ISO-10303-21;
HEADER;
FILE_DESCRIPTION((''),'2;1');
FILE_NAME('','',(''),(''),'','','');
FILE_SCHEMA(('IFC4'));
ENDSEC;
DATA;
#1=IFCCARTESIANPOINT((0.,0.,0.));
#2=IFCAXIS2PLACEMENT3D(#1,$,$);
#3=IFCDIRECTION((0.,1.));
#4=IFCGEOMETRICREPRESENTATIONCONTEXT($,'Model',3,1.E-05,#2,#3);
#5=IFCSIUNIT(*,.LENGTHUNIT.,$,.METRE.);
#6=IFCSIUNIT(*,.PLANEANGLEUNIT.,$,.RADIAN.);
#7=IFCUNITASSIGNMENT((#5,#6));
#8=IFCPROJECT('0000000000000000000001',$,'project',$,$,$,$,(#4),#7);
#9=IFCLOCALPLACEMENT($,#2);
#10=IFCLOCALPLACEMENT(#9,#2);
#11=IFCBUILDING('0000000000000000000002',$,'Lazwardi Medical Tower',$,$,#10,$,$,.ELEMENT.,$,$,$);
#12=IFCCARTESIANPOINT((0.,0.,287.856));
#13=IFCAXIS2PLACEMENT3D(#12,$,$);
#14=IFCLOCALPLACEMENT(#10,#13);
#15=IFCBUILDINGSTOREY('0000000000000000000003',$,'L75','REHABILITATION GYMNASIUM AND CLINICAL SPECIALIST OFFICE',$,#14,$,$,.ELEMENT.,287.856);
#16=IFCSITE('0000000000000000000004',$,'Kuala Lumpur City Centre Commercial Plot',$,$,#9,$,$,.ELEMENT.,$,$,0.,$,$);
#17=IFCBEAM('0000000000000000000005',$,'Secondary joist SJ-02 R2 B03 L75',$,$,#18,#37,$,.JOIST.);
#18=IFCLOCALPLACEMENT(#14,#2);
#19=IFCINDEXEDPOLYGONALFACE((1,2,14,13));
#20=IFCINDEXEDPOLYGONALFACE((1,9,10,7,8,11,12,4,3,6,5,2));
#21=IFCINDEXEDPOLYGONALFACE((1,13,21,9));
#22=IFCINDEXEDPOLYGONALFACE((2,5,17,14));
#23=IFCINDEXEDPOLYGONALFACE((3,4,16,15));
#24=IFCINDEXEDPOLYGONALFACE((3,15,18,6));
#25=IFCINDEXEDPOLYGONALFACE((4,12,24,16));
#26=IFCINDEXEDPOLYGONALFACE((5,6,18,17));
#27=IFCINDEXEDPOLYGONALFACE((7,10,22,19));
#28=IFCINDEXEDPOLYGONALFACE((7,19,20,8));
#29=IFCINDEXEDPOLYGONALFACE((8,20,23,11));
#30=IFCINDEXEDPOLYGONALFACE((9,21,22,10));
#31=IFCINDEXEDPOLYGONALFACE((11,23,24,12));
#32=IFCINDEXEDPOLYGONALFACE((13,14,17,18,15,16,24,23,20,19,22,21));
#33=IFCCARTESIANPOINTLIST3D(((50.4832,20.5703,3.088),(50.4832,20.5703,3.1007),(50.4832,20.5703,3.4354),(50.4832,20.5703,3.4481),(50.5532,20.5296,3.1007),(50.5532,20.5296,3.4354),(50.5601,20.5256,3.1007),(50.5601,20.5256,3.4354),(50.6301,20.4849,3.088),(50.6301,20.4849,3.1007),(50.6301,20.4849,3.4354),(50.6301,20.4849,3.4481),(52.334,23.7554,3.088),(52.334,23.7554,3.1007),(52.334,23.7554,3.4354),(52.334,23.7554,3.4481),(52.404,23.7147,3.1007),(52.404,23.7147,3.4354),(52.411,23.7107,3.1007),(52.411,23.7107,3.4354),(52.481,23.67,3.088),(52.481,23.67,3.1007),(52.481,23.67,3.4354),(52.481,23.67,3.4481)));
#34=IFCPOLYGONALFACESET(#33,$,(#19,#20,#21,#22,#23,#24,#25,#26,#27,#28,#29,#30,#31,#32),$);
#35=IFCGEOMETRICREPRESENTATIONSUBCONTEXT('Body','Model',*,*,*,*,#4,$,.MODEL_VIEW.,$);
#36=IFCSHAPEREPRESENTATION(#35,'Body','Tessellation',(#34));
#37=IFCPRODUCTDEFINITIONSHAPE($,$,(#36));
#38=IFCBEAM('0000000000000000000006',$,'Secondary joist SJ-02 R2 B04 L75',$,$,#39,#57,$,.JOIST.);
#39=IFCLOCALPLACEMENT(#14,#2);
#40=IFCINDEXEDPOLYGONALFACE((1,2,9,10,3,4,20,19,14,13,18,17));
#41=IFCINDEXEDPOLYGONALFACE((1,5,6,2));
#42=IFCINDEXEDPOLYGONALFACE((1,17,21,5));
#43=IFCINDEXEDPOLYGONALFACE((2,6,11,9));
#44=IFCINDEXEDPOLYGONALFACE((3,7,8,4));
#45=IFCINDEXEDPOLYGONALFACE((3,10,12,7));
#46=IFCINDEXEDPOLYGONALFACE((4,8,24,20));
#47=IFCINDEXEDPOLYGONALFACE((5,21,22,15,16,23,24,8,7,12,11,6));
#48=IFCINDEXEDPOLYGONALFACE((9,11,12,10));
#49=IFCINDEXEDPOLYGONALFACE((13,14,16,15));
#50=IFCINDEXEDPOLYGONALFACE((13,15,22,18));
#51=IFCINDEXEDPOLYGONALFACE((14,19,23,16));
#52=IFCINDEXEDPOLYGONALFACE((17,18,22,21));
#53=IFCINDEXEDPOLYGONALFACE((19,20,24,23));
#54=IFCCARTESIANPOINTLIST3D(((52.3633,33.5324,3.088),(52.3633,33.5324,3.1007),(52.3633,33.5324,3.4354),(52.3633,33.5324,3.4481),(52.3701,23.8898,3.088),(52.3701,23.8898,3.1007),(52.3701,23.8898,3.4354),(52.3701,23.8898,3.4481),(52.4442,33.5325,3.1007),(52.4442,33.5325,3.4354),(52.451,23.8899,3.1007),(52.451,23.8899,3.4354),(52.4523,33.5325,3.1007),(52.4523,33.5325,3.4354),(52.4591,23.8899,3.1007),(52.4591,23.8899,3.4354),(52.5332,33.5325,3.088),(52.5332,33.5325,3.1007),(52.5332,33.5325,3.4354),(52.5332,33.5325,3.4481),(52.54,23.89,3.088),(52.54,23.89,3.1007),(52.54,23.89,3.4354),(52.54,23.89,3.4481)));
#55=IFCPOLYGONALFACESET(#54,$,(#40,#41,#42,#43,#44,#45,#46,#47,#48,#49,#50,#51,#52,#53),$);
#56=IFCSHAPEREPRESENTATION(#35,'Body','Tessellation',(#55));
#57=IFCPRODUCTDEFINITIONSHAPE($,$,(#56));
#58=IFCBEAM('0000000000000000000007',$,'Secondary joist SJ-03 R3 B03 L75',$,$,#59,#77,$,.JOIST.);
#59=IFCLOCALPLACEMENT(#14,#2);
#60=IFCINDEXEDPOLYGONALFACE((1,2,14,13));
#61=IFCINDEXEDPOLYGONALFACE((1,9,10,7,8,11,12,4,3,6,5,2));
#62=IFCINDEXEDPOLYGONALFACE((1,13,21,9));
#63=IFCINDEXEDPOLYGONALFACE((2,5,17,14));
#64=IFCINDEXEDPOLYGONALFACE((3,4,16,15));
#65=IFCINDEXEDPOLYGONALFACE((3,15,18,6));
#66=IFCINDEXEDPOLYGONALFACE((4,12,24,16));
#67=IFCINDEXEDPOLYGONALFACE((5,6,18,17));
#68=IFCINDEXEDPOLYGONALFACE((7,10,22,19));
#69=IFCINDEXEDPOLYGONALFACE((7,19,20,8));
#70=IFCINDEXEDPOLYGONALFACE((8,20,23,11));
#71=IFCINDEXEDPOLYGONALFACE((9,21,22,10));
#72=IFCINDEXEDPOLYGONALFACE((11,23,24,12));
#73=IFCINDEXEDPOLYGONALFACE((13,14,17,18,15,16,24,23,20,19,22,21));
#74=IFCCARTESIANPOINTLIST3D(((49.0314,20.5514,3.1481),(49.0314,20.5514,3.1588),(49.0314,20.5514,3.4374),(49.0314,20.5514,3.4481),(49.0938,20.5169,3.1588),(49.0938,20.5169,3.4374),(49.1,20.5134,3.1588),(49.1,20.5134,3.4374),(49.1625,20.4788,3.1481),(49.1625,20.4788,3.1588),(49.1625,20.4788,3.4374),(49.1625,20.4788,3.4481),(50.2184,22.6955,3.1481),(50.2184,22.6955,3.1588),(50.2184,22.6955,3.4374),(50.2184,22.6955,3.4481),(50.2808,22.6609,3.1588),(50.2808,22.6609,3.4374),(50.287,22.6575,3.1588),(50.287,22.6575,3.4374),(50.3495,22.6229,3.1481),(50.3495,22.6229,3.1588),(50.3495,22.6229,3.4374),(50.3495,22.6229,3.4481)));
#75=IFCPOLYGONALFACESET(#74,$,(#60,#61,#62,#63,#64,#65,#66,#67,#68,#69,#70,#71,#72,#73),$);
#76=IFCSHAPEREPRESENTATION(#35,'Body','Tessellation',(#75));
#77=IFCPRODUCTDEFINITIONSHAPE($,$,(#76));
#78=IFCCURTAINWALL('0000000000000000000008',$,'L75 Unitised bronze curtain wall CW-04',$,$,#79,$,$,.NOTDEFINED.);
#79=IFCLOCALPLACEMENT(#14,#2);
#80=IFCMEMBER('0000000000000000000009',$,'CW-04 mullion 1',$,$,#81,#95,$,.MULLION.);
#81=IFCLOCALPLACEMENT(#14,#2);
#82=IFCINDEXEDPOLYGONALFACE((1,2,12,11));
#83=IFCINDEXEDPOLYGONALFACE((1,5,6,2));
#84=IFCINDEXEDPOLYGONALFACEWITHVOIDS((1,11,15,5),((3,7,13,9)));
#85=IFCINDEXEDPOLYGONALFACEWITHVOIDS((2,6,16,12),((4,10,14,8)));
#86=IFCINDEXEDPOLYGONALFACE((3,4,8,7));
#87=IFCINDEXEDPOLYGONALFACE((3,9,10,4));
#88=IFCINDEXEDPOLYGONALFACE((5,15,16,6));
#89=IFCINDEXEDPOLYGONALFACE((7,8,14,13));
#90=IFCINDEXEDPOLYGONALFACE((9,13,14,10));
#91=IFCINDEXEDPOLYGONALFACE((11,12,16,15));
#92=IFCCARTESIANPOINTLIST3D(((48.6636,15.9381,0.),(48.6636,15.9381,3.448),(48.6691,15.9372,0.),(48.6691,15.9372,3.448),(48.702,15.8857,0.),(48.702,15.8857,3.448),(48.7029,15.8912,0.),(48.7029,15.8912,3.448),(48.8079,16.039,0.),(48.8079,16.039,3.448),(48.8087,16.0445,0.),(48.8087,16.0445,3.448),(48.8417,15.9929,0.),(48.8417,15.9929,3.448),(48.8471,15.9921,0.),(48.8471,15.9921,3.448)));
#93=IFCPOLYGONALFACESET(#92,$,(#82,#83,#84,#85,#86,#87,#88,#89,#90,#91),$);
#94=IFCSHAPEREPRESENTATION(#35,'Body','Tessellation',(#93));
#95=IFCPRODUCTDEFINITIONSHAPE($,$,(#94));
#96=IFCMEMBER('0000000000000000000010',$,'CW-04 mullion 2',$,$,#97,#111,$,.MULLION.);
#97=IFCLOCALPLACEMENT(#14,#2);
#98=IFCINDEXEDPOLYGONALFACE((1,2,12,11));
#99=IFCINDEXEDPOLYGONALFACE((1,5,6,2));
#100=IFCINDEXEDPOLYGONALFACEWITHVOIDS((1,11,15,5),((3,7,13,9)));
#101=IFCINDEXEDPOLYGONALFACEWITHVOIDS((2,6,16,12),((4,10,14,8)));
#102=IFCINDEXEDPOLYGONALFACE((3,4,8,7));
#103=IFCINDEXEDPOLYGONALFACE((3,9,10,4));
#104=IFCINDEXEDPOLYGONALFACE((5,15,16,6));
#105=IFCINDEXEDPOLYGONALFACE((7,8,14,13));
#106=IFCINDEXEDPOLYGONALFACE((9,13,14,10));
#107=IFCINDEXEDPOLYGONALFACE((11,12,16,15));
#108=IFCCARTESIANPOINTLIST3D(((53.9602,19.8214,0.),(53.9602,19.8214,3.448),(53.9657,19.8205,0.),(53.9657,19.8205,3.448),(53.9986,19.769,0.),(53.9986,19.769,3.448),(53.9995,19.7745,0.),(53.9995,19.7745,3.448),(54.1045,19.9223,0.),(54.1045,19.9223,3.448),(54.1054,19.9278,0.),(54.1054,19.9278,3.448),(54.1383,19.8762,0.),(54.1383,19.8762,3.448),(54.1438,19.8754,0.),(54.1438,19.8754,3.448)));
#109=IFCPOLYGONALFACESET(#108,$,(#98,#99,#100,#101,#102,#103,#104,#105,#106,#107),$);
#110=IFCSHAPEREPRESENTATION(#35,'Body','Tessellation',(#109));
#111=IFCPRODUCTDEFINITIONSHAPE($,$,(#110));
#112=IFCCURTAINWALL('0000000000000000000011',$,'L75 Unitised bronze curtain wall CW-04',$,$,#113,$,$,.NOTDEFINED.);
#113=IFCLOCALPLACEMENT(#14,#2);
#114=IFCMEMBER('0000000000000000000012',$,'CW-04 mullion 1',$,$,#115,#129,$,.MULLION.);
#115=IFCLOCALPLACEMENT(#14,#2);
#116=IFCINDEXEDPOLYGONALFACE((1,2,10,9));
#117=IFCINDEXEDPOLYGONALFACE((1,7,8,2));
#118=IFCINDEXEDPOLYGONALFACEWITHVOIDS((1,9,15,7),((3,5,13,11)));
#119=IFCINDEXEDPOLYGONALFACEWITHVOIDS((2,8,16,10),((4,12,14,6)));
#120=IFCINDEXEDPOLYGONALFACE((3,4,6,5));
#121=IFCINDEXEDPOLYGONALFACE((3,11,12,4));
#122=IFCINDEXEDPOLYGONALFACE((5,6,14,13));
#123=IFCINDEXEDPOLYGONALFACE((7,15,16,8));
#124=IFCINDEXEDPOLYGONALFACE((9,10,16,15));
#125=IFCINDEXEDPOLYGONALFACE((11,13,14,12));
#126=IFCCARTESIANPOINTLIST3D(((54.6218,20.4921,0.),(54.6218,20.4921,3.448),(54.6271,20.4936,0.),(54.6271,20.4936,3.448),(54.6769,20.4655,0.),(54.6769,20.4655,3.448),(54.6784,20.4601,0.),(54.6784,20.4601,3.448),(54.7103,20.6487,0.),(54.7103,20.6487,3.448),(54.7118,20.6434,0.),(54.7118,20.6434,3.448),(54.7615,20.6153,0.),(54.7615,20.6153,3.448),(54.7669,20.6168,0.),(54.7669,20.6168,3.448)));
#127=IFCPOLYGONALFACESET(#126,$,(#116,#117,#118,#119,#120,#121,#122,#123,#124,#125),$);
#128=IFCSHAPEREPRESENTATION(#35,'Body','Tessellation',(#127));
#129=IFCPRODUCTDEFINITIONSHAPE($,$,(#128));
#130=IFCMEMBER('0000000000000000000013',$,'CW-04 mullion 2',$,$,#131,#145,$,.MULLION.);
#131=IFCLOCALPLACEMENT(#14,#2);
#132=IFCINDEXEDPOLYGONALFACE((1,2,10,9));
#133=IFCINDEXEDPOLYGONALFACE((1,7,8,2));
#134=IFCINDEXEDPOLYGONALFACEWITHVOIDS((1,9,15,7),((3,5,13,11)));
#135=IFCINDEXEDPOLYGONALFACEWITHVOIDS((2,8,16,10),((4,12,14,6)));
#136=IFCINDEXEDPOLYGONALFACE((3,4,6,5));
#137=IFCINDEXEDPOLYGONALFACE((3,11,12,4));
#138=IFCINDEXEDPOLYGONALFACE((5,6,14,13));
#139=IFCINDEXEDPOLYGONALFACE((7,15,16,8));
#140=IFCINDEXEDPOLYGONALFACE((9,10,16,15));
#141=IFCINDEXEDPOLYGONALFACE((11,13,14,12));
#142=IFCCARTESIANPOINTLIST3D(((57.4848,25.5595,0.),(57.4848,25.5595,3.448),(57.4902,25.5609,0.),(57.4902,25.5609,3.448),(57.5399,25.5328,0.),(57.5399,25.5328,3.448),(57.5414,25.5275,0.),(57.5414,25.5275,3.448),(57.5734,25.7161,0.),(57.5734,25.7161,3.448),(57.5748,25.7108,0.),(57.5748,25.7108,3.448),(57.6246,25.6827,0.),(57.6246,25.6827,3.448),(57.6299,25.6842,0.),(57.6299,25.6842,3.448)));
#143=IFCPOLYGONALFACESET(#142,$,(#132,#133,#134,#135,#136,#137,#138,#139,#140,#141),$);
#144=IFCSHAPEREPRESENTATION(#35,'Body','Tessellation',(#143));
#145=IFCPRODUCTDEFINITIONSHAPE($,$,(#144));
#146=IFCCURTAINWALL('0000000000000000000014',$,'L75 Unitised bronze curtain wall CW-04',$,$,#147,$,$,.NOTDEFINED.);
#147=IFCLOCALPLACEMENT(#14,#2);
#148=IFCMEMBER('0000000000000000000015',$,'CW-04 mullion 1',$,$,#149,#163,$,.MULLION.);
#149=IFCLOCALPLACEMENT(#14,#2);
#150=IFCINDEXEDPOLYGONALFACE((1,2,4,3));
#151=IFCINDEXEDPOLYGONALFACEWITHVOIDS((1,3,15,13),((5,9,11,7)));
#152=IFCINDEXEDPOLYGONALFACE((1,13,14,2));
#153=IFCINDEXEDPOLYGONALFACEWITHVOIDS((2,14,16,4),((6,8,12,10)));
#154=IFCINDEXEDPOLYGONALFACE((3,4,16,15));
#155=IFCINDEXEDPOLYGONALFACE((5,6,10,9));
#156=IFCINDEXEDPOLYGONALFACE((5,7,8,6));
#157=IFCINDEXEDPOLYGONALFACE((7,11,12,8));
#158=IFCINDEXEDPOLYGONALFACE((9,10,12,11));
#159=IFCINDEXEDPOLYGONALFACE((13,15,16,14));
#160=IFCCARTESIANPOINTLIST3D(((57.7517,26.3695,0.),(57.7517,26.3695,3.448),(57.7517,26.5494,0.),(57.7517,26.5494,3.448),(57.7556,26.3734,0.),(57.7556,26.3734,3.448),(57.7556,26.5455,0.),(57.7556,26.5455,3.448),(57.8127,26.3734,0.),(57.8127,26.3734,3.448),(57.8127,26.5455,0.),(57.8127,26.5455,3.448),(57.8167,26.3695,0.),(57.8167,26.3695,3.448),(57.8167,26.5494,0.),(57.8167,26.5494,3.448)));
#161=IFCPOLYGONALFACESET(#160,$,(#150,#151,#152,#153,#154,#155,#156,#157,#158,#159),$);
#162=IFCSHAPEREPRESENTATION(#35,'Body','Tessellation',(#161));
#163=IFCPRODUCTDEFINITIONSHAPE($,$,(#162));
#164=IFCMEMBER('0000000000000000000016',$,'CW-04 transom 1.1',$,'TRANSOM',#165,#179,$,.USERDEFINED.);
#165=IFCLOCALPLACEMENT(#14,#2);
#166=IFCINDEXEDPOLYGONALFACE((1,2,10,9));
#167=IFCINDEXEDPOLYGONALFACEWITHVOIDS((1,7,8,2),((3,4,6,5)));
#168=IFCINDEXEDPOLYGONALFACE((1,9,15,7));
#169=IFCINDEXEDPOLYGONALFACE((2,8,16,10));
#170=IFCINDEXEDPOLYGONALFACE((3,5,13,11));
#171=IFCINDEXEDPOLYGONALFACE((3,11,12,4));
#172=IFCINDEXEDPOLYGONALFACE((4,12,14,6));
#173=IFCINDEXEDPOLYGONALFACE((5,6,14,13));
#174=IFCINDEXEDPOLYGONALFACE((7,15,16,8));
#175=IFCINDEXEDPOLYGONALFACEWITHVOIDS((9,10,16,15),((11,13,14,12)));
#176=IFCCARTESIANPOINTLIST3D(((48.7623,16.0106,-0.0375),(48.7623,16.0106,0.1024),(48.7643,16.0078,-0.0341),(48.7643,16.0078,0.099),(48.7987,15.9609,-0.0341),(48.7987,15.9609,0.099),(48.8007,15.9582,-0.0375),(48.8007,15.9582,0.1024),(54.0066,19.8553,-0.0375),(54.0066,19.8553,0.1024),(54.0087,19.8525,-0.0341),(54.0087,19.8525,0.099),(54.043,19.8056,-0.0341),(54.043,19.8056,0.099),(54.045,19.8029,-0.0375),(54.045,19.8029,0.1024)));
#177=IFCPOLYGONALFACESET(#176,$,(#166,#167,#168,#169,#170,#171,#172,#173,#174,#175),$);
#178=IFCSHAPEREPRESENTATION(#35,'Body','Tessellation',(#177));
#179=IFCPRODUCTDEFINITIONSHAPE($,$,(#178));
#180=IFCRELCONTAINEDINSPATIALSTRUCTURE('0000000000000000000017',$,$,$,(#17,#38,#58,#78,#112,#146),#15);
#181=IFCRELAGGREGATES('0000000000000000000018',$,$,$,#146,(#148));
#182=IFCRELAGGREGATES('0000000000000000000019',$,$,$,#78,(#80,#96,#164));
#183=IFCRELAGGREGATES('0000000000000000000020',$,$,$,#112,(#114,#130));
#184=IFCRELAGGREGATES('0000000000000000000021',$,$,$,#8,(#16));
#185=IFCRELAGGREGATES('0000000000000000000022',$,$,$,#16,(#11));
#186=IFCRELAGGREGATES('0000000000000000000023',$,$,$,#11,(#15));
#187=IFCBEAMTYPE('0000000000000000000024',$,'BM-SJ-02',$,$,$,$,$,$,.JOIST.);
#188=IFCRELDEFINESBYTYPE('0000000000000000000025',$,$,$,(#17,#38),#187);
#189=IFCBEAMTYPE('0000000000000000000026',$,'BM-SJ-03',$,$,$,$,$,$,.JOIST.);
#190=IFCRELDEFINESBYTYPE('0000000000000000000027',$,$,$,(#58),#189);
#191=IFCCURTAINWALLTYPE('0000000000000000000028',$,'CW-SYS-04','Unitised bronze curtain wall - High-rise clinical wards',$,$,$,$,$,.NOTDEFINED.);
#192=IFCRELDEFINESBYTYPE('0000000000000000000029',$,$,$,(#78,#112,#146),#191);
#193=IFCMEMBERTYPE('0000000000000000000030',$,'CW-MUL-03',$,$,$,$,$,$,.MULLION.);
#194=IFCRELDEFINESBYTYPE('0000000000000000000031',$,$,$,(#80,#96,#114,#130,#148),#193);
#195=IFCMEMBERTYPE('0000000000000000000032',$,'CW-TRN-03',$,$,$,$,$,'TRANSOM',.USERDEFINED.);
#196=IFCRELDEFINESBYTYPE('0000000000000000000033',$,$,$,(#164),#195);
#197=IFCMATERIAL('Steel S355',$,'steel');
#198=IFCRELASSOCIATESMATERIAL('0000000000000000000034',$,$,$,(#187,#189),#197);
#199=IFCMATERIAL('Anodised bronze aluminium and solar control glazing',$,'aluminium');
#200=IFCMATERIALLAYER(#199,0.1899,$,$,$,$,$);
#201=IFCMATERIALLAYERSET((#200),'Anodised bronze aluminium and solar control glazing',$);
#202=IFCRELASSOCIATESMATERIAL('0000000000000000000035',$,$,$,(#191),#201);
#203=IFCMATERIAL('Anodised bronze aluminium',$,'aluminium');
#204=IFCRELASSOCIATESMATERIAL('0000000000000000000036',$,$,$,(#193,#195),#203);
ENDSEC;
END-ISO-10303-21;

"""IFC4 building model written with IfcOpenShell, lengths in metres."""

from ifc_helpers import new_model, si_unit, direction, frame, origin, origin_2d, place, context, subcontext, project, spatial, hollow_rectangle, i_section, extrude, material, layer, layer_set, material_profile, profile_set, type_object, element, aggregate, save


model = new_model("IFC4")

# Units and contexts
model_context = context("Model", 3, precision=1e-05, world=origin(), true_north=direction((0.0, 1.0)))
body_context = subcontext(model_context, "Body", "Model", "MODEL_VIEW")
ifc_project = project(units=[si_unit("LENGTHUNIT", "METRE"), si_unit("PLANEANGLEUNIT", "RADIAN")], contexts=[model_context])

# Site, building, storey
site_placement = place(None, origin())
site = spatial("IfcSite", under=ifc_project, at=site_placement, Name="Kuala Lumpur City Centre Commercial Plot", CompositionType="ELEMENT", RefElevation=0.0)
building_placement = place(site_placement, origin())
building = spatial("IfcBuilding", under=site, at=building_placement, Name="Lazwardi Medical Tower", CompositionType="ELEMENT")
storey_placement = place(building_placement, frame((0.0, 0.0, 287.856)))
storey = spatial("IfcBuildingStorey", under=building, at=storey_placement, Name="L75", Description="REHABILITATION GYMNASIUM AND CLINICAL SPECIALIST OFFICE", CompositionType="ELEMENT", Elevation=287.856)

# Beams
ifc_material_1 = material(Name="Steel S355", Category="steel")
ifc_material_profile_1 = material_profile(ifc_material_1, i_section(OverallWidth=0.1699, OverallDepth=0.3601, WebThickness=0.0081, FlangeThickness=0.0127, at=origin_2d()), Name="IPE 360")
ifc_profile_set_1 = profile_set([ifc_material_profile_1], Name="Steel S355")
beam_type_1 = type_object("IfcBeamType", Name="BM-SJ-02", PredefinedType="JOIST", material=ifc_profile_set_1)
beam_1_placement = place(storey_placement, frame((50.5566, 20.5276, 3.2681), z_axis=(0.502428, 0.864619, 0.0), x_axis=(-0.864619, 0.502428, 0.0)))
element("IfcBeam", 1, at=beam_1_placement, inside=storey, type_object=beam_type_1, Name="Secondary joist SJ-02 R2 B03 L75", PredefinedType="JOIST", context=body_context, shape_type="SweptSolid", body=[
    extrude(i_section(OverallWidth=0.1699, OverallDepth=0.3601, WebThickness=0.0081, FlangeThickness=0.0127, at=origin_2d()), origin(), (0.0, 0.0, 1.0), 3.6838),
])
beam_2_placement = place(storey_placement, frame((52.4551, 23.8899, 3.2681), z_axis=(-0.000709, 1.0, 0.0), x_axis=(-1.0, -0.000709, 0.0)))
element("IfcBeam", 2, at=beam_2_placement, inside=storey, type_object=beam_type_1, Name="Secondary joist SJ-02 R2 B04 L75", PredefinedType="JOIST", context=body_context, shape_type="SweptSolid", body=[
    extrude(i_section(OverallWidth=0.1699, OverallDepth=0.3601, WebThickness=0.0081, FlangeThickness=0.0127, at=origin_2d()), origin(), (0.0, 0.0, 1.0), 9.6426),
])
ifc_material_profile_2 = material_profile(ifc_material_1, i_section(OverallWidth=0.1499, OverallDepth=0.3, WebThickness=0.0071, FlangeThickness=0.0107, at=origin_2d()), Name="IPE 300")
ifc_profile_set_2 = profile_set([ifc_material_profile_2], Name="Steel S355")
beam_type_2 = type_object("IfcBeamType", Name="BM-SJ-03", PredefinedType="JOIST", material=ifc_profile_set_2)
beam_3_placement = place(storey_placement, frame((49.0969, 20.5151, 3.2981), z_axis=(0.484357, 0.874871, 0.0), x_axis=(-0.874871, 0.484357, 0.0)))
element("IfcBeam", 3, at=beam_3_placement, inside=storey, type_object=beam_type_2, Name="Secondary joist SJ-03 R3 B03 L75", PredefinedType="JOIST", context=body_context, shape_type="SweptSolid", body=[
    extrude(i_section(OverallWidth=0.1499, OverallDepth=0.3, WebThickness=0.0071, FlangeThickness=0.0107, at=origin_2d()), origin(), (0.0, 0.0, 1.0), 2.4507),
])

# Curtain walls, members
ifc_material_2 = material(Name="Anodised bronze aluminium and solar control glazing", Category="aluminium")
ifc_layer_1 = layer(ifc_material_2, 0.1899)
ifc_layer_set_1 = layer_set([ifc_layer_1], Name="Anodised bronze aluminium and solar control glazing")
curtain_wall_type = type_object("IfcCurtainWallType", Name="CW-SYS-04", Description="Unitised bronze curtain wall - High-rise clinical wards", PredefinedType="NOTDEFINED", material=ifc_layer_set_1)
curtain_wall_1_placement = place(storey_placement, origin())
curtain_wall_1 = element("IfcCurtainWall", 4, at=curtain_wall_1_placement, inside=storey, type_object=curtain_wall_type, Name="L75 Unitised bronze curtain wall CW-04", PredefinedType="NOTDEFINED")
ifc_material_3 = material(Name="Anodised bronze aluminium", Category="aluminium")
ifc_material_profile_3 = material_profile(ifc_material_3, hollow_rectangle(XDim=0.0649, YDim=0.1799, WallThickness=0.0039, at=origin_2d()), Name="ALU-MULLION 180x65x4")
ifc_profile_set_3 = profile_set([ifc_material_profile_3], Name="Anodised bronze aluminium")
member_type_1 = type_object("IfcMemberType", Name="CW-MUL-03", PredefinedType="MULLION", material=ifc_profile_set_3)
member_1_placement = place(storey_placement, frame((48.7554, 15.9651, 0.0), z_axis=(0.0, 0.0, 1.0), x_axis=(-0.591268, 0.806475, 0.0)))
member_1 = element("IfcMember", 5, at=member_1_placement, type_object=member_type_1, Name="CW-04 mullion 1", PredefinedType="MULLION", context=body_context, shape_type="SweptSolid", body=[
    extrude(hollow_rectangle(XDim=0.0649, YDim=0.1799, WallThickness=0.0039, at=origin_2d()), origin(), (0.0, 0.0, 1.0), 3.448),
])
member_2_placement = place(storey_placement, frame((54.052, 19.8484, 0.0), z_axis=(0.0, 0.0, 1.0), x_axis=(-0.591268, 0.806475, 0.0)))
member_2 = element("IfcMember", 6, at=member_2_placement, type_object=member_type_1, Name="CW-04 mullion 2", PredefinedType="MULLION", context=body_context, shape_type="SweptSolid", body=[
    extrude(hollow_rectangle(XDim=0.0649, YDim=0.1799, WallThickness=0.0039, at=origin_2d()), origin(), (0.0, 0.0, 1.0), 3.448),
])
curtain_wall_2_placement = place(storey_placement, origin())
curtain_wall_2 = element("IfcCurtainWall", 7, at=curtain_wall_2_placement, inside=storey, type_object=curtain_wall_type, Name="L75 Unitised bronze curtain wall CW-04", PredefinedType="NOTDEFINED")
member_3_placement = place(storey_placement, frame((54.6943, 20.5544, 0.0), z_axis=(0.0, 0.0, 1.0), x_axis=(-0.870651, 0.4919, 0.0)))
member_3 = element("IfcMember", 8, at=member_3_placement, type_object=member_type_1, Name="CW-04 mullion 1", PredefinedType="MULLION", context=body_context, shape_type="SweptSolid", body=[
    extrude(hollow_rectangle(XDim=0.0649, YDim=0.1799, WallThickness=0.0039, at=origin_2d()), origin(), (0.0, 0.0, 1.0), 3.448),
])
member_4_placement = place(storey_placement, frame((57.5574, 25.6218, 0.0), z_axis=(0.0, 0.0, 1.0), x_axis=(-0.870651, 0.4919, 0.0)))
member_4 = element("IfcMember", 9, at=member_4_placement, type_object=member_type_1, Name="CW-04 mullion 2", PredefinedType="MULLION", context=body_context, shape_type="SweptSolid", body=[
    extrude(hollow_rectangle(XDim=0.0649, YDim=0.1799, WallThickness=0.0039, at=origin_2d()), origin(), (0.0, 0.0, 1.0), 3.448),
])

# Curtain wall, member
curtain_wall_3_placement = place(storey_placement, origin())
curtain_wall_3 = element("IfcCurtainWall", 10, at=curtain_wall_3_placement, inside=storey, type_object=curtain_wall_type, Name="L75 Unitised bronze curtain wall CW-04", PredefinedType="NOTDEFINED")
member_5_placement = place(storey_placement, frame((57.7842, 26.4595, 0.0), z_axis=(0.0, 0.0, 1.0), x_axis=(-1.0, 0.0, 0.0)))
member_5 = element("IfcMember", 11, at=member_5_placement, type_object=member_type_1, Name="CW-04 mullion 1", PredefinedType="MULLION", context=body_context, shape_type="SweptSolid", body=[
    extrude(hollow_rectangle(XDim=0.0649, YDim=0.1799, WallThickness=0.0039, at=origin_2d()), origin(), (0.0, 0.0, 1.0), 3.448),
])

# Member
ifc_material_profile_4 = material_profile(ifc_material_3, hollow_rectangle(XDim=0.0649, YDim=0.1399, WallThickness=0.0034, at=origin_2d()), Name="ALU-TRANSOM 140x65x3.5")
ifc_profile_set_4 = profile_set([ifc_material_profile_4], Name="Anodised bronze aluminium")
member_type_2 = type_object("IfcMemberType", Name="CW-TRN-03", ElementType="TRANSOM", PredefinedType="USERDEFINED", material=ifc_profile_set_4)
member_6_placement = place(storey_placement, frame((48.7815, 15.9844, 0.0325), z_axis=(0.80649, 0.591248, 0.0), x_axis=(-0.591248, 0.80649, 0.0)))
member_6 = element("IfcMember", 12, at=member_6_placement, type_object=member_type_2, Name="CW-04 transom 1.1", ObjectType="TRANSOM", PredefinedType="USERDEFINED", context=body_context, shape_type="SweptSolid", body=[
    extrude(hollow_rectangle(XDim=0.0649, YDim=0.1399, WallThickness=0.0034, at=origin_2d()), origin(), (0.0, 0.0, 1.0), 6.5027),
])
aggregate(curtain_wall_3, [member_5])

aggregate(curtain_wall_1, [member_1, member_2, member_6])
aggregate(curtain_wall_2, [member_3, member_4])

save(model, "model.ifc")
